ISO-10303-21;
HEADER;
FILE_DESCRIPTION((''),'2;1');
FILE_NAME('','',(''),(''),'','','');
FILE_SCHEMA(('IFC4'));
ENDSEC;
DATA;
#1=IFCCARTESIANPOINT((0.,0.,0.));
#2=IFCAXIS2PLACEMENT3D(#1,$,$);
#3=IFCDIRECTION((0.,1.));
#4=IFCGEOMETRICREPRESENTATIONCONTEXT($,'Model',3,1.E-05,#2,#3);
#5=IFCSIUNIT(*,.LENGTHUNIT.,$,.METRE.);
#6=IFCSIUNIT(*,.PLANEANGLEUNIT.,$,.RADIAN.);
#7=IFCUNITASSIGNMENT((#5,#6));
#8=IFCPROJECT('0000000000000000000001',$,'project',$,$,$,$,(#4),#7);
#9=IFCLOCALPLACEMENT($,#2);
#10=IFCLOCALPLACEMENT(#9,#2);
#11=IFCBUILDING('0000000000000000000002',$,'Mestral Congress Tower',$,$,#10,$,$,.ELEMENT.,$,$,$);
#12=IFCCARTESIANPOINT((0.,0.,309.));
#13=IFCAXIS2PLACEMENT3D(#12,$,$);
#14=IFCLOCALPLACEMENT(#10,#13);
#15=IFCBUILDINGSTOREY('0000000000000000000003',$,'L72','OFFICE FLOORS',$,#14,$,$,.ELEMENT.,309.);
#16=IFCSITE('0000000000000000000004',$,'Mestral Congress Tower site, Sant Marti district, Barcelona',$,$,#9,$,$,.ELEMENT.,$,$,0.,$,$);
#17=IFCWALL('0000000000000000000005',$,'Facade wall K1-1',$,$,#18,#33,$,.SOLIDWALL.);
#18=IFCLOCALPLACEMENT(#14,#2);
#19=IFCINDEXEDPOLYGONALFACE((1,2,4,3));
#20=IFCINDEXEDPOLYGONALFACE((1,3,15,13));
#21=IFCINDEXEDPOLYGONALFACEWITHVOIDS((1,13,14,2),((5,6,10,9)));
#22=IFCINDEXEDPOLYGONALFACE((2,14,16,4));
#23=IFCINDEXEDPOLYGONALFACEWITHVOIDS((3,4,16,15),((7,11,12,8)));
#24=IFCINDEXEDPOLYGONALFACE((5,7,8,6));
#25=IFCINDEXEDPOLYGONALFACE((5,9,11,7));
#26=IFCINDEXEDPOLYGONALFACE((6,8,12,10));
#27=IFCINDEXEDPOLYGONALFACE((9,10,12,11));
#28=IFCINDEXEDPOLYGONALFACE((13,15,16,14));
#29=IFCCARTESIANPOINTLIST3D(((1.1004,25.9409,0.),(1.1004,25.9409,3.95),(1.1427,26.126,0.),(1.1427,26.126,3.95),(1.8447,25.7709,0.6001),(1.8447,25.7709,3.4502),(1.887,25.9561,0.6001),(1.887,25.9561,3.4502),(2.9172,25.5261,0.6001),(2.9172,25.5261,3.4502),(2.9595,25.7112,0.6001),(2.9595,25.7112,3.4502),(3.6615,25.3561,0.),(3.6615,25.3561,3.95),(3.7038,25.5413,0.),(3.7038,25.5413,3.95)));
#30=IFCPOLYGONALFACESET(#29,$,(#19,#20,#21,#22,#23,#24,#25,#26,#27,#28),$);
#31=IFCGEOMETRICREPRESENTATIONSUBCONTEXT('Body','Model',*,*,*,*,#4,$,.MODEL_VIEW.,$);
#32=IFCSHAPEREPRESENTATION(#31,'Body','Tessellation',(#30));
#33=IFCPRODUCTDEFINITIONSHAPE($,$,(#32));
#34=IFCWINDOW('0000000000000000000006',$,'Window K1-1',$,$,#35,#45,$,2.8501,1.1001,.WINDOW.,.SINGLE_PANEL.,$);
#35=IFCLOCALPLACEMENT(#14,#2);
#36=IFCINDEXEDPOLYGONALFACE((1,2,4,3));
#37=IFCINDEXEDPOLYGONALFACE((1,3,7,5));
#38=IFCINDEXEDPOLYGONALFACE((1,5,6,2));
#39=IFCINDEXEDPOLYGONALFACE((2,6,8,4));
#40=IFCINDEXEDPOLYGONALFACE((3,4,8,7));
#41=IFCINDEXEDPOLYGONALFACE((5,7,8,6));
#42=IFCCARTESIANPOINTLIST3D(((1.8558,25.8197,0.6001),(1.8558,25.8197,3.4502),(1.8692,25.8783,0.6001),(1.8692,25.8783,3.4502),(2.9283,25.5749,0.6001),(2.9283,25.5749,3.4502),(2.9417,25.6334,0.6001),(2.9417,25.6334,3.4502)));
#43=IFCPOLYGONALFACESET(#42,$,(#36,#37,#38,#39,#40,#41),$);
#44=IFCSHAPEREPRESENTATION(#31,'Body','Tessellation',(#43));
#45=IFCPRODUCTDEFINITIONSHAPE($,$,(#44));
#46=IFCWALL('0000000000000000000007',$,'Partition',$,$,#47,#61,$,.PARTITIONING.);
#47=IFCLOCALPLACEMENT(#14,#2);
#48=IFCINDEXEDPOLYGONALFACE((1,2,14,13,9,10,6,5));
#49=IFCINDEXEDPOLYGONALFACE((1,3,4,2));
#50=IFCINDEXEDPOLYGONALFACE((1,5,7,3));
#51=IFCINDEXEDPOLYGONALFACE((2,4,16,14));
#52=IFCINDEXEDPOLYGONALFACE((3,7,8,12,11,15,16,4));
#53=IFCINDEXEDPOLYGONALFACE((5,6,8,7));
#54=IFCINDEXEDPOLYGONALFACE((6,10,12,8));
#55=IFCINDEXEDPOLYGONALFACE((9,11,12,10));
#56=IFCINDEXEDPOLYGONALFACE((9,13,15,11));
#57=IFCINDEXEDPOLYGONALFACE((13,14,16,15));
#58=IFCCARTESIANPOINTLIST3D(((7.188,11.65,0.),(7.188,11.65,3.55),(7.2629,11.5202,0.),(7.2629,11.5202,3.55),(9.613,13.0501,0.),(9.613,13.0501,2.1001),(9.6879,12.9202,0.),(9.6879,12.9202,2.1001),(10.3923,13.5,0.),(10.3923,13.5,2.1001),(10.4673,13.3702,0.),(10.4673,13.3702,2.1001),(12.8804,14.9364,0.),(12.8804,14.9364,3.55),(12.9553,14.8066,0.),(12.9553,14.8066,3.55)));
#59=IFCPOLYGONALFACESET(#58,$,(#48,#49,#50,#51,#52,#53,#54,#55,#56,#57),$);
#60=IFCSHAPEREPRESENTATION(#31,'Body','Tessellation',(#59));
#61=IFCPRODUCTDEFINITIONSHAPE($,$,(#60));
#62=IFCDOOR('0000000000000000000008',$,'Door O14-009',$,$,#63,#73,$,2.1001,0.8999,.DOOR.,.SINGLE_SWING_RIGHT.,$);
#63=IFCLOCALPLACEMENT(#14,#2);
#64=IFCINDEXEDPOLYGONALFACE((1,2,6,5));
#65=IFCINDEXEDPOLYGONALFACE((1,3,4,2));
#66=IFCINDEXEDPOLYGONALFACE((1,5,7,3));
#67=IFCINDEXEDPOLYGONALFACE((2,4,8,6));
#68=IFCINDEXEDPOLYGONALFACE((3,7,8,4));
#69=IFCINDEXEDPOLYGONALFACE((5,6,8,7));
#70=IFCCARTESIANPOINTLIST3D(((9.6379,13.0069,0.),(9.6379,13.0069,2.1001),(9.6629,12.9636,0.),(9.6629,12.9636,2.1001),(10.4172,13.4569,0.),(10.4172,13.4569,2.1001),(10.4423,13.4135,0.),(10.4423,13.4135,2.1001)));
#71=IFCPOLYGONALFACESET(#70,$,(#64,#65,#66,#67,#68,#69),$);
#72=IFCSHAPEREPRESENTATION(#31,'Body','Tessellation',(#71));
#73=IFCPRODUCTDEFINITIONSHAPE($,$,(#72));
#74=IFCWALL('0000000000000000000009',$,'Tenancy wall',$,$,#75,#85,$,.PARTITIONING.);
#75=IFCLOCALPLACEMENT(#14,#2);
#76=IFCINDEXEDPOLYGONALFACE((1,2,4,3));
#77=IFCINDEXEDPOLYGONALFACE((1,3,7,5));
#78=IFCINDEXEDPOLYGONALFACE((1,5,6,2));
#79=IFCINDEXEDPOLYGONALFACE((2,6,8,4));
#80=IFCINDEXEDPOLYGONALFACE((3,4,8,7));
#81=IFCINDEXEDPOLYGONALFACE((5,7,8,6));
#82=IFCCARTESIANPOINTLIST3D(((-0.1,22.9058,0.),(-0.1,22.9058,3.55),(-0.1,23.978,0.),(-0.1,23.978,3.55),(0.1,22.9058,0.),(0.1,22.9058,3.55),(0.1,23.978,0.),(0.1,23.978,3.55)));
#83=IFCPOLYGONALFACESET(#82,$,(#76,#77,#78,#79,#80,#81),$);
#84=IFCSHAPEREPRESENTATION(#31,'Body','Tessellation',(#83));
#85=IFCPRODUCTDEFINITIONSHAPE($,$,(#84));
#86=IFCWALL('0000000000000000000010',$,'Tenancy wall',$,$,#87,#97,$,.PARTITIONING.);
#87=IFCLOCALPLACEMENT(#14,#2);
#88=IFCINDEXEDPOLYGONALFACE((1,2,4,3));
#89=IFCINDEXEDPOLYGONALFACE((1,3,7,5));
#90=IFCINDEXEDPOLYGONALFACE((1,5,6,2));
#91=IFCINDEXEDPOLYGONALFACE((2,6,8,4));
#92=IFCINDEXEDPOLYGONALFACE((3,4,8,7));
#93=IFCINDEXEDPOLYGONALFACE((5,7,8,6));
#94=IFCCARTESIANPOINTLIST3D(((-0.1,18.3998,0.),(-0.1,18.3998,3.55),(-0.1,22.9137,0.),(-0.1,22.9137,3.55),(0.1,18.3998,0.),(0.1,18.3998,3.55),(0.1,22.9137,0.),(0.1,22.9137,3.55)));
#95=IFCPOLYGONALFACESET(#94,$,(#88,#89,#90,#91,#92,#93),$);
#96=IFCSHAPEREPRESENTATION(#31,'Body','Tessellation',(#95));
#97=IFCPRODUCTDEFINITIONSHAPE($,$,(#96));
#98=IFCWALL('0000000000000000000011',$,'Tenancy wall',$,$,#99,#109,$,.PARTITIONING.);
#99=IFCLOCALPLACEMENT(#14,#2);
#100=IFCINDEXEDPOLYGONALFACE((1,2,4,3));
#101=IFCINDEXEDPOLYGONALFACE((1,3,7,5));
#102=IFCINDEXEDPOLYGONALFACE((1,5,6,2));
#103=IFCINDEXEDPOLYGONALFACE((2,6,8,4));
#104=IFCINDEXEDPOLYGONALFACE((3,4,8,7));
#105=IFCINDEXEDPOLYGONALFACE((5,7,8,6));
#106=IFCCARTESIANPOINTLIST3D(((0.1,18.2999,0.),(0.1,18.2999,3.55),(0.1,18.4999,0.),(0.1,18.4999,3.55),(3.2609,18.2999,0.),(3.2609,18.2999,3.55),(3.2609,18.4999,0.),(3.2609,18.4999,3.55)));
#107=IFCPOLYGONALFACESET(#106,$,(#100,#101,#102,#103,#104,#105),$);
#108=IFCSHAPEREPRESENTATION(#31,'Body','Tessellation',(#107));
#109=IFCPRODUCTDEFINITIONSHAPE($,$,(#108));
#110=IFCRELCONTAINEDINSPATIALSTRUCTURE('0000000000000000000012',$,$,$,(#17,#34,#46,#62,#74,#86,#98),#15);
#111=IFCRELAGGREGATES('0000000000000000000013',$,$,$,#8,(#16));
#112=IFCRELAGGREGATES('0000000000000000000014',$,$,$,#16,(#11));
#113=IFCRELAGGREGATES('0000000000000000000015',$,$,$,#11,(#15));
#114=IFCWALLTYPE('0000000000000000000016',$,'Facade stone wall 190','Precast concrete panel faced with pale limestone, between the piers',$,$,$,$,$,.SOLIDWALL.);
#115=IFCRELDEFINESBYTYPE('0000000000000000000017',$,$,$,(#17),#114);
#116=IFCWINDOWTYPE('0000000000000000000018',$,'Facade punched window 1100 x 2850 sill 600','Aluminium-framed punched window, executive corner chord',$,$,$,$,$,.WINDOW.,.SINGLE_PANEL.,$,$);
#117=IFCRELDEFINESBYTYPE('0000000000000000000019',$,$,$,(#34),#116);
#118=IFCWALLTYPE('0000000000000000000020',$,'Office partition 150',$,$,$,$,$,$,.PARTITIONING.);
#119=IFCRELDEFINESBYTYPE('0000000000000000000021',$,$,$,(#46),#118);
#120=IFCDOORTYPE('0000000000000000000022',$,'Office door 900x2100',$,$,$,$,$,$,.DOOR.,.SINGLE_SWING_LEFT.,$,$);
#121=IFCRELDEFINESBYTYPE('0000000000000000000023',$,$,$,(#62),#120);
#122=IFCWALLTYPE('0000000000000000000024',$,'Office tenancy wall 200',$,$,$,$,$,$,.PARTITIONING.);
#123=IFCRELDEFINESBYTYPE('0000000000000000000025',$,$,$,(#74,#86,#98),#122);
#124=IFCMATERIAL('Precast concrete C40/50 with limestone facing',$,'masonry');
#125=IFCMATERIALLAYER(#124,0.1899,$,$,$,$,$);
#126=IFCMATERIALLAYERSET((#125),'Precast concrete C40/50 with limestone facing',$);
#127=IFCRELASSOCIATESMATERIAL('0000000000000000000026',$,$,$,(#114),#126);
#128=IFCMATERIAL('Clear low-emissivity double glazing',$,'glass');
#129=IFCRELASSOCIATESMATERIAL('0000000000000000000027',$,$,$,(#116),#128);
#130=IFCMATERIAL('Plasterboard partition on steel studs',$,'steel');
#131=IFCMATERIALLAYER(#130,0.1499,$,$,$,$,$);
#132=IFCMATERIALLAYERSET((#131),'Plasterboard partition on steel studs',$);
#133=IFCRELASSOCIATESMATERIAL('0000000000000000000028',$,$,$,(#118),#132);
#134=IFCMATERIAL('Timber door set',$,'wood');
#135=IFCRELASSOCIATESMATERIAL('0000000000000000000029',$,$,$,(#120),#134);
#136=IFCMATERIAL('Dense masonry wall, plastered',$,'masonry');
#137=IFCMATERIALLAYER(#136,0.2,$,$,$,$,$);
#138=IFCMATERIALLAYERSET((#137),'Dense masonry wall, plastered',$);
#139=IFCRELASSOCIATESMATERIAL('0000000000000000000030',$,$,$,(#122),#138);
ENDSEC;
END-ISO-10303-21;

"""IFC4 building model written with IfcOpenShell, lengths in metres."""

from ifc_helpers import new_model, si_unit, direction, frame, frame_2d, origin, place, context, subcontext, project, spatial, rectangle, extrude, material, layer, layer_set, type_object, element, fill, save


model = new_model("IFC4")

# Units and contexts
model_context = context("Model", 3, precision=1e-05, world=origin(), true_north=direction((0.0, 1.0)))
body_context = subcontext(model_context, "Body", "Model", "MODEL_VIEW")
ifc_project = project(units=[si_unit("LENGTHUNIT", "METRE"), si_unit("PLANEANGLEUNIT", "RADIAN")], contexts=[model_context])

# Site, building, storey
site_placement = place(None, origin())
site = spatial("IfcSite", under=ifc_project, at=site_placement, Name="Mestral Congress Tower site, Sant Marti district, Barcelona", CompositionType="ELEMENT", RefElevation=0.0)
building_placement = place(site_placement, origin())
building = spatial("IfcBuilding", under=site, at=building_placement, Name="Mestral Congress Tower", CompositionType="ELEMENT")
storey_placement = place(building_placement, frame((0.0, 0.0, 309.0)))
storey = spatial("IfcBuildingStorey", under=building, at=storey_placement, Name="L72", Description="OFFICE FLOORS", CompositionType="ELEMENT", Elevation=309.0)

# Shared definitions
ifc_material_1 = material(Name="Precast concrete C40/50 with limestone facing", Category="masonry")
ifc_layer_1 = layer(ifc_material_1, 0.1899)
ifc_layer_set_1 = layer_set([ifc_layer_1], Name="Precast concrete C40/50 with limestone facing")
wall_type_1 = type_object("IfcWallType", Name="Facade stone wall 190", Description="Precast concrete panel faced with pale limestone, between the piers", PredefinedType="SOLIDWALL", material=ifc_layer_set_1)
ifc_material_2 = material(Name="Clear low-emissivity double glazing", Category="glass")

# Wall, opening, window
window_type_1 = type_object("IfcWindowType", Name="Facade punched window 1100 x 2850 sill 600", Description="Aluminium-framed punched window, executive corner chord", PartitioningType="SINGLE_PANEL", PredefinedType="WINDOW", material=ifc_material_2)
wall_1_placement = place(storey_placement, frame((3.6826, 25.4487, 0.0), z_axis=(0.0, 0.0, 1.0), x_axis=(-0.974913, 0.222585, 0.0)))
wall_1 = element("IfcWall", 1, at=wall_1_placement, inside=storey, type_object=wall_type_1, Name="Facade wall K1-1", PredefinedType="SOLIDWALL", context=body_context, shape_type="SweptSolid", body=[
    extrude(rectangle(XDim=2.627, YDim=0.1899, at=frame_2d((1.3135, 0.0))), origin(), (0.0, 0.0, 1.0), 3.95),
])
opening_1_placement = place(wall_1_placement, frame((0.7634, 0.0, 0.6001)))
opening_1 = element("IfcOpeningElement", 2, at=opening_1_placement, cuts=wall_1, PredefinedType="OPENING", context=body_context, shape_type="SweptSolid", body=[
    extrude(rectangle(XDim=1.1001, YDim=2.8501, at=frame_2d((0.55, 1.425))), frame((0.0, 0.105, 0.0), z_axis=(0.0, -1.0, 0.0), x_axis=(1.0, 0.0, 0.0)), (0.0, 0.0, 1.0), 0.21),
])
window_1_placement = place(opening_1_placement, origin())
window_1 = element("IfcWindow", 3, at=window_1_placement, inside=storey, type_object=window_type_1, Name="Window K1-1", OverallHeight=2.8501, OverallWidth=1.1001, PartitioningType="SINGLE_PANEL", PredefinedType="WINDOW", context=body_context, shape_type="SweptSolid", body=[
    extrude(rectangle(XDim=1.1001, YDim=2.8501, at=frame_2d((0.55, 1.425))), frame((0.0, 0.0449, 0.0), z_axis=(0.0, -1.0, 0.0), x_axis=(1.0, 0.0, 0.0)), (0.0, 0.0, 1.0), 0.0601),
])
fill(opening_1, window_1)

# Wall, opening, door
ifc_material_3 = material(Name="Plasterboard partition on steel studs", Category="steel")
ifc_layer_2 = layer(ifc_material_3, 0.1499)
ifc_layer_set_2 = layer_set([ifc_layer_2], Name="Plasterboard partition on steel studs")
wall_type_2 = type_object("IfcWallType", Name="Office partition 150", PredefinedType="PARTITIONING", material=ifc_layer_set_2)
wall_2_placement = place(storey_placement, frame((12.918, 14.8716, 0.0), z_axis=(0.0, 0.0, 1.0), x_axis=(-0.866033, -0.499986, 0.0)))
wall_2 = element("IfcWall", 4, at=wall_2_placement, inside=storey, type_object=wall_type_2, Name="Partition", PredefinedType="PARTITIONING", context=body_context, shape_type="SweptSolid", body=[
    extrude(rectangle(XDim=6.573, YDim=0.1499, at=frame_2d((3.2866, 0.0))), origin(), (0.0, 0.0, 1.0), 3.55),
])
opening_2_placement = place(wall_2_placement, frame((2.873, 0.0, 0.0)))
opening_2 = element("IfcOpeningElement", 5, at=opening_2_placement, cuts=wall_2, PredefinedType="OPENING", context=body_context, shape_type="SweptSolid", body=[
    extrude(rectangle(XDim=0.8999, YDim=2.1001, at=frame_2d((0.45, 1.05))), frame((0.0, 0.085, 0.0), z_axis=(0.0, -1.0, 0.0), x_axis=(1.0, 0.0, 0.0)), (0.0, 0.0, 1.0), 0.1699),
])
ifc_material_4 = material(Name="Timber door set", Category="wood")
door_type = type_object("IfcDoorType", Name="Office door 900x2100", OperationType="SINGLE_SWING_LEFT", PredefinedType="DOOR", material=ifc_material_4)
door_placement = place(opening_2_placement, origin())
door = element("IfcDoor", 6, at=door_placement, inside=storey, type_object=door_type, Name="Door O14-009", OperationType="SINGLE_SWING_RIGHT", OverallHeight=2.1001, OverallWidth=0.8999, PredefinedType="DOOR", context=body_context, shape_type="SweptSolid", body=[
    extrude(rectangle(XDim=0.8999, YDim=2.1001, at=frame_2d((0.45, 1.05))), frame((0.0, 0.0249, 0.0), z_axis=(0.0, -1.0, 0.0), x_axis=(1.0, 0.0, 0.0)), (0.0, 0.0, 1.0), 0.05),
])
fill(opening_2, door)

# Walls
ifc_material_5 = material(Name="Dense masonry wall, plastered", Category="masonry")
ifc_layer_3 = layer(ifc_material_5, 0.2)
ifc_layer_set_3 = layer_set([ifc_layer_3], Name="Dense masonry wall, plastered")
wall_type_3 = type_object("IfcWallType", Name="Office tenancy wall 200", PredefinedType="PARTITIONING", material=ifc_layer_set_3)
wall_3_placement = place(storey_placement, frame((0.0, 22.9058, 0.0), z_axis=(0.0, 0.0, 1.0), x_axis=(0.0, 1.0, 0.0)))
element("IfcWall", 7, at=wall_3_placement, inside=storey, type_object=wall_type_3, Name="Tenancy wall", PredefinedType="PARTITIONING", context=body_context, shape_type="SweptSolid", body=[
    extrude(rectangle(XDim=1.0723, YDim=0.2, at=frame_2d((0.5361, 0.0))), origin(), (0.0, 0.0, 1.0), 3.55),
])
wall_4_placement = place(storey_placement, frame((0.0, 18.3999, 0.0), z_axis=(0.0, 0.0, 1.0), x_axis=(0.0, 1.0, 0.0)))
element("IfcWall", 8, at=wall_4_placement, inside=storey, type_object=wall_type_3, Name="Tenancy wall", PredefinedType="PARTITIONING", context=body_context, shape_type="SweptSolid", body=[
    extrude(rectangle(XDim=4.5139, YDim=0.2, at=frame_2d((2.2568, 0.0))), origin(), (0.0, 0.0, 1.0), 3.55),
])
wall_5_placement = place(storey_placement, frame((3.261, 18.3999, 0.0), z_axis=(0.0, 0.0, 1.0), x_axis=(-1.0, 0.0, 0.0)))
element("IfcWall", 9, at=wall_5_placement, inside=storey, type_object=wall_type_3, Name="Tenancy wall", PredefinedType="PARTITIONING", context=body_context, shape_type="SweptSolid", body=[
    extrude(rectangle(XDim=3.1609, YDim=0.2, at=frame_2d((1.5806, 0.0))), origin(), (0.0, 0.0, 1.0), 3.55),
])

save(model, "model.ifc")
